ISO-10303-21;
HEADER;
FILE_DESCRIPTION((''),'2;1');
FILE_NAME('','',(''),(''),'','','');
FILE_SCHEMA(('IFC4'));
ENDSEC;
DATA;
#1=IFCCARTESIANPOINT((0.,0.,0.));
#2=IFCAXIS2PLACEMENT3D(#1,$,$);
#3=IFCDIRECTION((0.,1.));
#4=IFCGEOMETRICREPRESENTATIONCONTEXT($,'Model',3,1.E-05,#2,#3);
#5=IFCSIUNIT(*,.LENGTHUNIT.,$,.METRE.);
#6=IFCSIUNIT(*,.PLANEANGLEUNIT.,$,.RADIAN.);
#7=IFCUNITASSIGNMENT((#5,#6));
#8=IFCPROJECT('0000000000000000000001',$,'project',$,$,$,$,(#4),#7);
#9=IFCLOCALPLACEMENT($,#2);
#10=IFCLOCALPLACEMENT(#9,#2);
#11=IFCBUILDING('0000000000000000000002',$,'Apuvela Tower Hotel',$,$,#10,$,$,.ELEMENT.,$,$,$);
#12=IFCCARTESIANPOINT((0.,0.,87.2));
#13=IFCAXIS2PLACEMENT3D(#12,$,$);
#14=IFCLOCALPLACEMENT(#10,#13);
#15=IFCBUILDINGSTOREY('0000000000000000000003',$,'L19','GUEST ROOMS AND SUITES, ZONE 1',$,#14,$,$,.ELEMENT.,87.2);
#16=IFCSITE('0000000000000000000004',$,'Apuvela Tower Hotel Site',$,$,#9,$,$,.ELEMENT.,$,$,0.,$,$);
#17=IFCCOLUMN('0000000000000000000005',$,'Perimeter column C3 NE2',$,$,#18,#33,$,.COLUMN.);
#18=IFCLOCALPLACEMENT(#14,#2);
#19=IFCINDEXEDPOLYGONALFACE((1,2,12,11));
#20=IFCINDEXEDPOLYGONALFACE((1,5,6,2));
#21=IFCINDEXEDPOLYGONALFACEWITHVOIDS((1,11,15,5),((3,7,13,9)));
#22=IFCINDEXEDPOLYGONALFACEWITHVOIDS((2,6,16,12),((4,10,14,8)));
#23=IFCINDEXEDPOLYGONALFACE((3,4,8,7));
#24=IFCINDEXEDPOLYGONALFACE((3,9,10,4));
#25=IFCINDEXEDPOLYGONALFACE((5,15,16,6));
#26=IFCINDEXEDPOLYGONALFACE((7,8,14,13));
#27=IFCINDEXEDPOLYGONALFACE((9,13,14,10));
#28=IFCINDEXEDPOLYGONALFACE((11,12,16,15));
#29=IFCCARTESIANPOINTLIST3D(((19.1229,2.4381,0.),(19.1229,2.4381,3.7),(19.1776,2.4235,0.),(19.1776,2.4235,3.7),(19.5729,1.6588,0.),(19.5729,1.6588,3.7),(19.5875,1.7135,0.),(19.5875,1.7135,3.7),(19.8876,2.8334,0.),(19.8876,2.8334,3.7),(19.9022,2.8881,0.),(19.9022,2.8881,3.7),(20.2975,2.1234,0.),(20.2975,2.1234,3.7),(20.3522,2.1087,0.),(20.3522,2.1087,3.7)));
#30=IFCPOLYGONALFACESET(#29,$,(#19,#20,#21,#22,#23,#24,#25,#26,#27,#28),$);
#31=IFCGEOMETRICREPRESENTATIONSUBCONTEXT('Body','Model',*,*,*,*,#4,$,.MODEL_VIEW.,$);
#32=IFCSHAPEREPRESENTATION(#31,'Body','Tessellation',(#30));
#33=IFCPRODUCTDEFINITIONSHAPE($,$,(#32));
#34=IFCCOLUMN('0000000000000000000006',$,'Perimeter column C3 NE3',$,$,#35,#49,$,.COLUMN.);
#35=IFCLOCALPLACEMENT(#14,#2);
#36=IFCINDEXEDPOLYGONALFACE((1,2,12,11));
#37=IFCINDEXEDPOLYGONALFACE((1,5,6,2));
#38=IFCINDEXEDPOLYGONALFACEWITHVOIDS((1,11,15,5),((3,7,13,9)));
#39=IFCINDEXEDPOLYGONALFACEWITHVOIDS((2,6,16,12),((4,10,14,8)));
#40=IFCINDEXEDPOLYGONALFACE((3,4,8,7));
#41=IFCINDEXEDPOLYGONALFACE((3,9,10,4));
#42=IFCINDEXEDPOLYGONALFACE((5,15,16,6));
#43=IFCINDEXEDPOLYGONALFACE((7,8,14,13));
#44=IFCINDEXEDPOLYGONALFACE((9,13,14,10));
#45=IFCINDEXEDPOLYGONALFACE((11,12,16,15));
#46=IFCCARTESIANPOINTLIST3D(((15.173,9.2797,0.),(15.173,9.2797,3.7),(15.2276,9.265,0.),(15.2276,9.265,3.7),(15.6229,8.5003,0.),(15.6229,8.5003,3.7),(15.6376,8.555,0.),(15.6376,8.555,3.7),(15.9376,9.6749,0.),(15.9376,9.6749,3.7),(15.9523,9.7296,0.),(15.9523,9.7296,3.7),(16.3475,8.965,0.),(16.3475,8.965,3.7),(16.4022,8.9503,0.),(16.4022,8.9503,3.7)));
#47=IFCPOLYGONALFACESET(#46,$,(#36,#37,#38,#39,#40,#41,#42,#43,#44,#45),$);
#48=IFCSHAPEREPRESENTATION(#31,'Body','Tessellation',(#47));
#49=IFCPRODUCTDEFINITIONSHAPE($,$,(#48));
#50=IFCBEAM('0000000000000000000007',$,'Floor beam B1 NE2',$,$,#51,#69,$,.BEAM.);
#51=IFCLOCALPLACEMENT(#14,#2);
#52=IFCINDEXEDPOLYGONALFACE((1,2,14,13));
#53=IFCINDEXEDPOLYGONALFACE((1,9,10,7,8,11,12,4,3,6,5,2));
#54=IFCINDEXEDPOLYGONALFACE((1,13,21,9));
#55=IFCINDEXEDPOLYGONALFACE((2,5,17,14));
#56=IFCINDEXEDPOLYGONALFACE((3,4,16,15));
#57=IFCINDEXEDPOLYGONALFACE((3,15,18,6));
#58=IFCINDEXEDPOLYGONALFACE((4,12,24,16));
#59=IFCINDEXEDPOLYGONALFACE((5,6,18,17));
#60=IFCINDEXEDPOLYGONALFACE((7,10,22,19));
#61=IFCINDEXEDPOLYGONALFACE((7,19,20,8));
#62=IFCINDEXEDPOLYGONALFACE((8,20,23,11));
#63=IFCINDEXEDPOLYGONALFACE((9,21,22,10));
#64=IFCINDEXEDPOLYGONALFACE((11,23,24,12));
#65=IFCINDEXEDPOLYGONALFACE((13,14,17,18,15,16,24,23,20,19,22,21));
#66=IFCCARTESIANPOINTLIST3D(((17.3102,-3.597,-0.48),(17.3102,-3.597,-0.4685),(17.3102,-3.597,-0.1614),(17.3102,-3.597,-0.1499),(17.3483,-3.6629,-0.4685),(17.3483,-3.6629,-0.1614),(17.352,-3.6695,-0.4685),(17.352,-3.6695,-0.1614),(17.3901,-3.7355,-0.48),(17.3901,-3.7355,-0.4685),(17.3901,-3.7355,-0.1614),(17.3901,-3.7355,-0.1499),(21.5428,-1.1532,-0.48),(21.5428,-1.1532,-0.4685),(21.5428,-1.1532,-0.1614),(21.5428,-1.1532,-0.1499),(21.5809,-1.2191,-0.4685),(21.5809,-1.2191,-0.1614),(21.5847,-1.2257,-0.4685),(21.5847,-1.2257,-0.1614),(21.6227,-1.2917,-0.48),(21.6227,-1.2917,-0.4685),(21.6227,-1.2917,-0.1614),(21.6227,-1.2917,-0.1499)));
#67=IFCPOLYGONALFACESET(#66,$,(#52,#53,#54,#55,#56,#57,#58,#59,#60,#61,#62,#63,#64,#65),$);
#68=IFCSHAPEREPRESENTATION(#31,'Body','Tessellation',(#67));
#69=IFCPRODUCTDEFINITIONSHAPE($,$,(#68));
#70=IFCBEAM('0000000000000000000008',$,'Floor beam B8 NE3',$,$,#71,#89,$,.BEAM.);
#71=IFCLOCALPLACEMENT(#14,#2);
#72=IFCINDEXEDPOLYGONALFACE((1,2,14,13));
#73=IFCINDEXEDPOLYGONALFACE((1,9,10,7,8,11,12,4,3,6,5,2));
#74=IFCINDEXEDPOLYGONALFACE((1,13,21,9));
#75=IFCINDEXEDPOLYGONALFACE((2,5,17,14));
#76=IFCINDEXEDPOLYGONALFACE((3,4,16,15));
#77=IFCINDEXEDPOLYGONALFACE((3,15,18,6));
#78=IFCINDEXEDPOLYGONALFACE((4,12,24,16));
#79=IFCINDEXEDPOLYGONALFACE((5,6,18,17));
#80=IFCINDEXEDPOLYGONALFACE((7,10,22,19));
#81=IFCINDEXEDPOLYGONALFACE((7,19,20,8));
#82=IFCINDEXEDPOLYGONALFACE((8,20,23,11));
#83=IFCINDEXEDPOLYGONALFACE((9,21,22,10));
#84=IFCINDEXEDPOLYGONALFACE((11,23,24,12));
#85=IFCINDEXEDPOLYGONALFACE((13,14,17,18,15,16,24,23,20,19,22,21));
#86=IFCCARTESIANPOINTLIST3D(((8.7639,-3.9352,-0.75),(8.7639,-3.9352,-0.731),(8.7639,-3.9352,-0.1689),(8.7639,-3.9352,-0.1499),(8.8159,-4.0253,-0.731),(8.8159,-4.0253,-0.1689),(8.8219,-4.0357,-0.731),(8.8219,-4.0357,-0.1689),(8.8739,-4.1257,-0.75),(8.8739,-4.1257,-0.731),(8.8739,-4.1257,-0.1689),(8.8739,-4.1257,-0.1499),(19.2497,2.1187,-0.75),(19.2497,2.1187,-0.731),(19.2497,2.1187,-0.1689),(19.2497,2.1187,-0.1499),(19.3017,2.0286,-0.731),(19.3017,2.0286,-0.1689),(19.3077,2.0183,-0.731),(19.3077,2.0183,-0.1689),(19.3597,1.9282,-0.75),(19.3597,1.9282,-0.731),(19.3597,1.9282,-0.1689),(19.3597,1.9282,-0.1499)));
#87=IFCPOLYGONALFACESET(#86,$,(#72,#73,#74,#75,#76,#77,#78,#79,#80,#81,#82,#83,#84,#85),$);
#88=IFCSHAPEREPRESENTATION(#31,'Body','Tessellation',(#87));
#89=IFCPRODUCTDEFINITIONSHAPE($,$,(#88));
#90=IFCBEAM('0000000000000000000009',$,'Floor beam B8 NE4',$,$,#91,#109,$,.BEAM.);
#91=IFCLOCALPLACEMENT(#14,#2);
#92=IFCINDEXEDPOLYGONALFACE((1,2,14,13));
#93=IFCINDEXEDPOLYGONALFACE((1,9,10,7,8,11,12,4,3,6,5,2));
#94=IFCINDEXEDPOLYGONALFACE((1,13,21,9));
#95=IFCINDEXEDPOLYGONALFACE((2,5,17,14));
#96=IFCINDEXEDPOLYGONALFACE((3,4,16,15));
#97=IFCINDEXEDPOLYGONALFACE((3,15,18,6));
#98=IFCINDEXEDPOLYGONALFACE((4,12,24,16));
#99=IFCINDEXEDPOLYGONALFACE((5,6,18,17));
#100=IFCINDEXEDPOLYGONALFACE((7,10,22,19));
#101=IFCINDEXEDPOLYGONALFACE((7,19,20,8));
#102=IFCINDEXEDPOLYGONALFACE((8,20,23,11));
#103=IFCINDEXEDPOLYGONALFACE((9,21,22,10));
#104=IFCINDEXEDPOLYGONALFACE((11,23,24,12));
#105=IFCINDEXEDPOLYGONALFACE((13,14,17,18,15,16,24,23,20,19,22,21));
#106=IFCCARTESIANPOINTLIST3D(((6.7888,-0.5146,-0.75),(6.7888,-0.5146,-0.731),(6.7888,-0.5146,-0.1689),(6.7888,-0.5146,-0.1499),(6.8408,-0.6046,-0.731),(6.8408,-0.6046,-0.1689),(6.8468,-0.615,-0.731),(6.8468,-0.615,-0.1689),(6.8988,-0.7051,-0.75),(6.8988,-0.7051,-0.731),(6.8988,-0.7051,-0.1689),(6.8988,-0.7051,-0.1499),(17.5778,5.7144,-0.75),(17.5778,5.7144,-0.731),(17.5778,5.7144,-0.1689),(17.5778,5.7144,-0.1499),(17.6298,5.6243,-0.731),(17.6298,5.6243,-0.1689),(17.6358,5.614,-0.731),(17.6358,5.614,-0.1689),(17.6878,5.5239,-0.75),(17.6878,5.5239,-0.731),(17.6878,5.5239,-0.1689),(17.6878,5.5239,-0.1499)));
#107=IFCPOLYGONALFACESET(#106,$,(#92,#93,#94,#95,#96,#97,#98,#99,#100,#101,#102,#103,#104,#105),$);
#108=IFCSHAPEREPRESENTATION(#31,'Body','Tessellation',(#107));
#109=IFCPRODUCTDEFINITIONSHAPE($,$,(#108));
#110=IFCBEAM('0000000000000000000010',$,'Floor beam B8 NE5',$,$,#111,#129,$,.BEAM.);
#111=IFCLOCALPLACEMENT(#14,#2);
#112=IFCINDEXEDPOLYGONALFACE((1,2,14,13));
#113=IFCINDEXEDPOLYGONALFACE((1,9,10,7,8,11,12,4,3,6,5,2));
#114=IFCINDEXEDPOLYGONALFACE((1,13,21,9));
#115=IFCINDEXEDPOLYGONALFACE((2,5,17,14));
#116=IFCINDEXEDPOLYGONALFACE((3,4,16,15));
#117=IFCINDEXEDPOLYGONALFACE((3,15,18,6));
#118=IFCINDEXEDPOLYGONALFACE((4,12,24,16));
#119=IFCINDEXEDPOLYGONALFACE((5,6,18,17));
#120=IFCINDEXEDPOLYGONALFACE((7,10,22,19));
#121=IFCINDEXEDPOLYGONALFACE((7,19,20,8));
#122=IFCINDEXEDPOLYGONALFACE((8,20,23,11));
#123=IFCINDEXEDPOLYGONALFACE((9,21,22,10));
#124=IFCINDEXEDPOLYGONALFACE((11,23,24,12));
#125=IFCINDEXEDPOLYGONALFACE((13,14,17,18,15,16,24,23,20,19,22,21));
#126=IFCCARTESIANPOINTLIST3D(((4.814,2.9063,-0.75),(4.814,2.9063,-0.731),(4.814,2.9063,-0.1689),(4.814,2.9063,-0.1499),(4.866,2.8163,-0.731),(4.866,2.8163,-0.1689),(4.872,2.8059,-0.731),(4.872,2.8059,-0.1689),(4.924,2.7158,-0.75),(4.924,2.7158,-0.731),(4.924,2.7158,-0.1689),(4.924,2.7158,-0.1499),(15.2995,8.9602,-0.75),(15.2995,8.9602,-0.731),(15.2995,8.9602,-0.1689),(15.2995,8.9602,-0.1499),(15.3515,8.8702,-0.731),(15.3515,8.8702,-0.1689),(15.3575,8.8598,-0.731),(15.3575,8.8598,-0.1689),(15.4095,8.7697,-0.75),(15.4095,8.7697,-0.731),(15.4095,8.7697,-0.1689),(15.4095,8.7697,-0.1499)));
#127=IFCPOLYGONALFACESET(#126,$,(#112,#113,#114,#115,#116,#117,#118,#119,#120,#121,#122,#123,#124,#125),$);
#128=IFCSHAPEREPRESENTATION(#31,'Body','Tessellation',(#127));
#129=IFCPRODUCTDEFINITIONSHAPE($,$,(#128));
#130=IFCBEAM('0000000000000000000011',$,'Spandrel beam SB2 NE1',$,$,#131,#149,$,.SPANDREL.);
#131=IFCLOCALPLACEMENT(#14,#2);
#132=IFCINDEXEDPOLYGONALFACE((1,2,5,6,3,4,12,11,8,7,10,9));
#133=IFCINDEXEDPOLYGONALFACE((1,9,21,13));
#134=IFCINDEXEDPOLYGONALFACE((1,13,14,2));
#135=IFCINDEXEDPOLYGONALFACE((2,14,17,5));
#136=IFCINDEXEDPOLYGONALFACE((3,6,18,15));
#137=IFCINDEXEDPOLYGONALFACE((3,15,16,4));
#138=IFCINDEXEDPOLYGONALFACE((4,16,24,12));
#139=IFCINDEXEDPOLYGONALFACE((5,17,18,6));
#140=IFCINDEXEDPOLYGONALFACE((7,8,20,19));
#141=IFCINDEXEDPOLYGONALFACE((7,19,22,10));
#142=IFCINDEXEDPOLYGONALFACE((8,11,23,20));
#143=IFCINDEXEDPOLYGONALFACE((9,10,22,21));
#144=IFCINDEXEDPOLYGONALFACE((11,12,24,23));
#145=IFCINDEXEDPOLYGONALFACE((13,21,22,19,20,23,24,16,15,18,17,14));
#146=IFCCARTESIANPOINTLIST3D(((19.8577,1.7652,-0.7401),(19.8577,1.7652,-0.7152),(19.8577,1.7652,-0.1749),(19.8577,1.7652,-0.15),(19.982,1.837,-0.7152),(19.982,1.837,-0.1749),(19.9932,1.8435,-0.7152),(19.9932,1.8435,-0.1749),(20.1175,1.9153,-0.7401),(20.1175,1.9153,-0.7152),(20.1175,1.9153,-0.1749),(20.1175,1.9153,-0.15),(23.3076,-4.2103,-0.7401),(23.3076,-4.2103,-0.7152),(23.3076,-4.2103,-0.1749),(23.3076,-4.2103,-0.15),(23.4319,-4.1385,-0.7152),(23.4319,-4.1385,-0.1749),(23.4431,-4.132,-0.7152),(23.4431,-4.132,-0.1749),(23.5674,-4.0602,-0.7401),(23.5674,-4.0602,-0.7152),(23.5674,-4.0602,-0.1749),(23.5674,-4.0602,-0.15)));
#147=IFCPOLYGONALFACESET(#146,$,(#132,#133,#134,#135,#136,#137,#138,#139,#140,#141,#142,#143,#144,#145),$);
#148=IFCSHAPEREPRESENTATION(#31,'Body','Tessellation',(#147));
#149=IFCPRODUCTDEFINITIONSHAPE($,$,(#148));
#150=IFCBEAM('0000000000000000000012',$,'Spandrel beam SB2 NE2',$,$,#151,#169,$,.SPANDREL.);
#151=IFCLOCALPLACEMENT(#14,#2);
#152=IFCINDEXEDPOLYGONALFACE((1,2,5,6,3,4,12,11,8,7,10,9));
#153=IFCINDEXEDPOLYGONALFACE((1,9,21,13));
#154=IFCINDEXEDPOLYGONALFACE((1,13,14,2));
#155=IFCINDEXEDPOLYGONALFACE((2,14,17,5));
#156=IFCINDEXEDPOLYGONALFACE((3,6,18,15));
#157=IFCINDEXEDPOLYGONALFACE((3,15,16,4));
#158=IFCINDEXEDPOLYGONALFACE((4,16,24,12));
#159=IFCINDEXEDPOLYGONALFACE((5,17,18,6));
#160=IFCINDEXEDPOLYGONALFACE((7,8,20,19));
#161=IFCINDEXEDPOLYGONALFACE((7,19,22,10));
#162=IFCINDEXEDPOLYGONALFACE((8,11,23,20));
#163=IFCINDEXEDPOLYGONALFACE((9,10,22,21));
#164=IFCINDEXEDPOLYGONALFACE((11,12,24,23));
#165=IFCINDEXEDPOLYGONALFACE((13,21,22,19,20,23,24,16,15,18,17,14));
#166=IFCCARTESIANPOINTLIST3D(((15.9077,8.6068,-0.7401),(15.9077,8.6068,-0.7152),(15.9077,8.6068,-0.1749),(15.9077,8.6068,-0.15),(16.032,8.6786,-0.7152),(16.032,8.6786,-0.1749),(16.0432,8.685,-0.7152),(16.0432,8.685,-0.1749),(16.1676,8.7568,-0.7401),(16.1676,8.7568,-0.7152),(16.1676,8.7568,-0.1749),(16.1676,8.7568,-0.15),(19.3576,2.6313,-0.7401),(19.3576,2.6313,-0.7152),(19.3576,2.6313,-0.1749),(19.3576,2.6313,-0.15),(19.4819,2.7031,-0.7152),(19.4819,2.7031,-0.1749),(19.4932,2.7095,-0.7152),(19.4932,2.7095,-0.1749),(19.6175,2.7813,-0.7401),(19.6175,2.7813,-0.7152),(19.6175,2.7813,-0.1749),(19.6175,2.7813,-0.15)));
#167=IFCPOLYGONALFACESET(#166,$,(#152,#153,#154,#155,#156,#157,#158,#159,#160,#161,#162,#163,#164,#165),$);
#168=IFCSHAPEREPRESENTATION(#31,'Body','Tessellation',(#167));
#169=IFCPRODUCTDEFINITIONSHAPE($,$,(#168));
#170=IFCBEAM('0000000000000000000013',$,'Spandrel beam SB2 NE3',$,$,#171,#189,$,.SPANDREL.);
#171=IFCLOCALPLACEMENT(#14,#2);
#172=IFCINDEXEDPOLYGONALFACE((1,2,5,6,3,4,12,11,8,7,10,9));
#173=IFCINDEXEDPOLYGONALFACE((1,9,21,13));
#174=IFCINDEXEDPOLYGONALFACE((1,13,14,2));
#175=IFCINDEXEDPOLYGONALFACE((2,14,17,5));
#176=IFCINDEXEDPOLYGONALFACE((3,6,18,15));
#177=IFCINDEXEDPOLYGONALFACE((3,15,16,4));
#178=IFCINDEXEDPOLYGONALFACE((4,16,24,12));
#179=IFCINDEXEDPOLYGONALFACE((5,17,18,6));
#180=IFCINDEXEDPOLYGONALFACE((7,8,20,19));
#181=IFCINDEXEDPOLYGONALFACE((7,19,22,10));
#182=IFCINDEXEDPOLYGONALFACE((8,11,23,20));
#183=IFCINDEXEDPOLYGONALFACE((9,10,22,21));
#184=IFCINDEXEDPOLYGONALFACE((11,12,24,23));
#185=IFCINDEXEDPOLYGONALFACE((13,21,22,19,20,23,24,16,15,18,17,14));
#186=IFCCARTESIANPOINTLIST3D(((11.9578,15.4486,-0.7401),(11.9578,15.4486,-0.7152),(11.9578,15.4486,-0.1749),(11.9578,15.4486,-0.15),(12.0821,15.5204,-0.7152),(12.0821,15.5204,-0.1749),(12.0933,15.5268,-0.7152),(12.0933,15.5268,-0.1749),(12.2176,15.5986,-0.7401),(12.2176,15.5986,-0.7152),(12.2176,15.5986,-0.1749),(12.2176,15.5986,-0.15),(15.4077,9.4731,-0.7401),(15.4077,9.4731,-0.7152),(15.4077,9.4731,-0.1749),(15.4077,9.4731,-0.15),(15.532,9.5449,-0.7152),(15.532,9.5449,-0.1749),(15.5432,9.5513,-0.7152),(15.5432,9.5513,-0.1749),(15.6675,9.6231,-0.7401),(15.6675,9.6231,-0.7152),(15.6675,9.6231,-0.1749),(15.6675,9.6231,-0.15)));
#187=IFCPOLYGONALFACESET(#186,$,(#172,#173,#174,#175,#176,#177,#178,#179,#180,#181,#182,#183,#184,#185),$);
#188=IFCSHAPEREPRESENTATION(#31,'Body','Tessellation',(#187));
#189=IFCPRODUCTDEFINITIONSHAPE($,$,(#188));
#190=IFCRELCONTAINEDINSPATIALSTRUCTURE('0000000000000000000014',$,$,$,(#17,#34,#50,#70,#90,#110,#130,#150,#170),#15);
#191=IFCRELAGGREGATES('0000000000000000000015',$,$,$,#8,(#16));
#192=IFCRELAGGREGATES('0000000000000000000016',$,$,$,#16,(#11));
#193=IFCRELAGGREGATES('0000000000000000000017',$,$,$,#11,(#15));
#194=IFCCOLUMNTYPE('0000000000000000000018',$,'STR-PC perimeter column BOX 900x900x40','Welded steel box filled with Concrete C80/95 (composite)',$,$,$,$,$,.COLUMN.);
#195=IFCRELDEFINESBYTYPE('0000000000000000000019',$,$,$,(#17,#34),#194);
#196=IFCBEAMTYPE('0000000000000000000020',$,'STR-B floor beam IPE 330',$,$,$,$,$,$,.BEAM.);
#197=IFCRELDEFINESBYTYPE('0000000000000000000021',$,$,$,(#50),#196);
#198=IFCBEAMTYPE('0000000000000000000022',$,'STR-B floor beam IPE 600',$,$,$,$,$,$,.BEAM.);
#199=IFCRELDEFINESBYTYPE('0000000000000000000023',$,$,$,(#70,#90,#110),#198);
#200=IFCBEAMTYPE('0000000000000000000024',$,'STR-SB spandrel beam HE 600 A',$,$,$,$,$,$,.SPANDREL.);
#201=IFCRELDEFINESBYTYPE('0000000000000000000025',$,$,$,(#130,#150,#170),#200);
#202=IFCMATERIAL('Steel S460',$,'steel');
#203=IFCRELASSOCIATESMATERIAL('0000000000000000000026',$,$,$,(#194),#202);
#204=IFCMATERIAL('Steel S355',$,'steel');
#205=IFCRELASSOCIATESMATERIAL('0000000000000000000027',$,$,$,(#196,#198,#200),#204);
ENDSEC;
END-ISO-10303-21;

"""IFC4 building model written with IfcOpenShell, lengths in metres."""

from ifc_helpers import new_model, si_unit, direction, frame, origin, origin_2d, place, context, subcontext, project, spatial, rectangle, hollow_rectangle, i_section, extrude, material, material_profile, profile_set, type_object, element, save


model = new_model("IFC4")

# Units and contexts
model_context = context("Model", 3, precision=1e-05, world=origin(), true_north=direction((0.0, 1.0)))
body_context = subcontext(model_context, "Body", "Model", "MODEL_VIEW")
ifc_project = project(units=[si_unit("LENGTHUNIT", "METRE"), si_unit("PLANEANGLEUNIT", "RADIAN")], contexts=[model_context])

# Site, building, storey
site_placement = place(None, origin())
site = spatial("IfcSite", under=ifc_project, at=site_placement, Name="Apuvela Tower Hotel Site", CompositionType="ELEMENT", RefElevation=0.0)
building_placement = place(site_placement, origin())
building = spatial("IfcBuilding", under=site, at=building_placement, Name="Apuvela Tower Hotel", CompositionType="ELEMENT")
storey_placement = place(building_placement, frame((0.0, 0.0, 87.2)))
storey = spatial("IfcBuildingStorey", under=building, at=storey_placement, Name="L19", Description="GUEST ROOMS AND SUITES, ZONE 1", CompositionType="ELEMENT", Elevation=87.2)

# Columns
ifc_material_1 = material(Name="Steel S460", Category="steel")
ifc_material_profile_1 = material_profile(ifc_material_1, hollow_rectangle(XDim=0.8999, YDim=0.8999, WallThickness=0.04, at=origin_2d()), Name="BOX 900x900x40")
ifc_material_2 = material(Name="Concrete C80/95", Category="concrete")
ifc_material_profile_2 = material_profile(ifc_material_2, rectangle(XDim=0.8201, YDim=0.8201, at=origin_2d()), Name="Concrete C80/95 infill")
ifc_profile_set_1 = profile_set([ifc_material_profile_1, ifc_material_profile_2], Name="Steel S460")
column_type = type_object("IfcColumnType", Name="STR-PC perimeter column BOX 900x900x40", Description="Welded steel box filled with Concrete C80/95 (composite)", PredefinedType="COLUMN", material=ifc_profile_set_1)
for number, where, z_axis, x_axis, name in (
    (1, (19.7375, 2.2734, 0.0), (0.0, 0.0, 1.0), (-0.5, 0.866025, 0.0), "Perimeter column C3 NE2"),
    (2, (15.7876, 9.115, 0.0), (0.0, 0.0, 1.0), (-0.5, 0.866025, 0.0), "Perimeter column C3 NE3"),
):
    element("IfcColumn", number, at=place(storey_placement, frame(where, z_axis=z_axis, x_axis=x_axis)), inside=storey, type_object=column_type, Name=name, PredefinedType="COLUMN", context=body_context, shape_type="SweptSolid", body=[
        extrude(hollow_rectangle(XDim=0.8999, YDim=0.8999, WallThickness=0.04, at=origin_2d()), origin(), (0.0, 0.0, 1.0), 3.7),
    ])

# Beams
ifc_material_3 = material(Name="Steel S355", Category="steel")
ifc_material_profile_3 = material_profile(ifc_material_3, i_section(OverallWidth=0.1599, OverallDepth=0.3301, WebThickness=0.0076, FlangeThickness=0.0115, at=origin_2d()), Name="IPE 330")
ifc_profile_set_2 = profile_set([ifc_material_profile_3], Name="Steel S355")
beam_type_1 = type_object("IfcBeamType", Name="STR-B floor beam IPE 330", PredefinedType="BEAM", material=ifc_profile_set_2)
beam_1_placement = place(storey_placement, frame((21.5828, -1.2224, -0.3149), z_axis=(-0.866015, -0.500018, 0.0), x_axis=(0.500018, -0.866015, 0.0)))
element("IfcBeam", 3, at=beam_1_placement, inside=storey, type_object=beam_type_1, Name="Floor beam B1 NE2", PredefinedType="BEAM", context=body_context, shape_type="SweptSolid", body=[
    extrude(i_section(OverallWidth=0.1599, OverallDepth=0.3301, WebThickness=0.0076, FlangeThickness=0.0115, at=origin_2d()), origin(), (0.0, 0.0, 1.0), 4.8875),
])
ifc_material_profile_4 = material_profile(ifc_material_3, i_section(OverallWidth=0.22, OverallDepth=0.6001, WebThickness=0.012, FlangeThickness=0.019, at=origin_2d()), Name="IPE 600")
ifc_profile_set_3 = profile_set([ifc_material_profile_4], Name="Steel S355")
beam_type_2 = type_object("IfcBeamType", Name="STR-B floor beam IPE 600", PredefinedType="BEAM", material=ifc_profile_set_3)
beam_2_placement = place(storey_placement, frame((19.3047, 2.0234, -0.45), z_axis=(-0.866027, -0.499997, 0.0), x_axis=(0.499997, -0.866027, 0.0)))
element("IfcBeam", 4, at=beam_2_placement, inside=storey, type_object=beam_type_2, Name="Floor beam B8 NE3", PredefinedType="BEAM", context=body_context, shape_type="SweptSolid", body=[
    extrude(i_section(OverallWidth=0.22, OverallDepth=0.6001, WebThickness=0.012, FlangeThickness=0.019, at=origin_2d()), origin(), (0.0, 0.0, 1.0), 12.1079),
])
beam_3_placement = place(storey_placement, frame((17.6328, 5.6191, -0.45), z_axis=(-0.866028, -0.499996, 0.0), x_axis=(0.499996, -0.866028, 0.0)))
element("IfcBeam", 5, at=beam_3_placement, inside=storey, type_object=beam_type_2, Name="Floor beam B8 NE4", PredefinedType="BEAM", context=body_context, shape_type="SweptSolid", body=[
    extrude(i_section(OverallWidth=0.22, OverallDepth=0.6001, WebThickness=0.012, FlangeThickness=0.019, at=origin_2d()), origin(), (0.0, 0.0, 1.0), 12.458),
])
beam_4_placement = place(storey_placement, frame((15.3545, 8.865, -0.45), z_axis=(-0.866022, -0.500006, 0.0), x_axis=(0.500006, -0.866022, 0.0)))
element("IfcBeam", 6, at=beam_4_placement, inside=storey, type_object=beam_type_2, Name="Floor beam B8 NE5", PredefinedType="BEAM", context=body_context, shape_type="SweptSolid", body=[
    extrude(i_section(OverallWidth=0.22, OverallDepth=0.6001, WebThickness=0.012, FlangeThickness=0.019, at=origin_2d()), origin(), (0.0, 0.0, 1.0), 12.1077),
])
ifc_material_profile_5 = material_profile(ifc_material_3, i_section(OverallWidth=0.3, OverallDepth=0.5901, WebThickness=0.0129, FlangeThickness=0.0249, at=origin_2d()), Name="HE 600 A")
ifc_profile_set_4 = profile_set([ifc_material_profile_5], Name="Steel S355")
beam_type_3 = type_object("IfcBeamType", Name="STR-SB spandrel beam HE 600 A", PredefinedType="SPANDREL", material=ifc_profile_set_4)
for number, where, z_axis, x_axis, name in (
    (7, (23.4375, -4.1353, -0.4451), (-0.499994, 0.866029, 0.0), (-0.866029, -0.499994, 0.0), "Spandrel beam SB2 NE1"),
    (8, (19.4875, 2.7063, -0.4451), (-0.499994, 0.866029, 0.0), (-0.866029, -0.499994, 0.0), "Spandrel beam SB2 NE2"),
    (9, (15.5376, 9.5481, -0.4451), (-0.499994, 0.866029, 0.0), (-0.866029, -0.499994, 0.0), "Spandrel beam SB2 NE3"),
):
    element("IfcBeam", number, at=place(storey_placement, frame(where, z_axis=z_axis, x_axis=x_axis)), inside=storey, type_object=beam_type_3, Name=name, PredefinedType="SPANDREL", context=body_context, shape_type="SweptSolid", body=[
        extrude(i_section(OverallWidth=0.3, OverallDepth=0.5901, WebThickness=0.0129, FlangeThickness=0.0249, at=origin_2d()), origin(), (0.0, 0.0, 1.0), 6.8999),
    ])

save(model, "model.ifc")
